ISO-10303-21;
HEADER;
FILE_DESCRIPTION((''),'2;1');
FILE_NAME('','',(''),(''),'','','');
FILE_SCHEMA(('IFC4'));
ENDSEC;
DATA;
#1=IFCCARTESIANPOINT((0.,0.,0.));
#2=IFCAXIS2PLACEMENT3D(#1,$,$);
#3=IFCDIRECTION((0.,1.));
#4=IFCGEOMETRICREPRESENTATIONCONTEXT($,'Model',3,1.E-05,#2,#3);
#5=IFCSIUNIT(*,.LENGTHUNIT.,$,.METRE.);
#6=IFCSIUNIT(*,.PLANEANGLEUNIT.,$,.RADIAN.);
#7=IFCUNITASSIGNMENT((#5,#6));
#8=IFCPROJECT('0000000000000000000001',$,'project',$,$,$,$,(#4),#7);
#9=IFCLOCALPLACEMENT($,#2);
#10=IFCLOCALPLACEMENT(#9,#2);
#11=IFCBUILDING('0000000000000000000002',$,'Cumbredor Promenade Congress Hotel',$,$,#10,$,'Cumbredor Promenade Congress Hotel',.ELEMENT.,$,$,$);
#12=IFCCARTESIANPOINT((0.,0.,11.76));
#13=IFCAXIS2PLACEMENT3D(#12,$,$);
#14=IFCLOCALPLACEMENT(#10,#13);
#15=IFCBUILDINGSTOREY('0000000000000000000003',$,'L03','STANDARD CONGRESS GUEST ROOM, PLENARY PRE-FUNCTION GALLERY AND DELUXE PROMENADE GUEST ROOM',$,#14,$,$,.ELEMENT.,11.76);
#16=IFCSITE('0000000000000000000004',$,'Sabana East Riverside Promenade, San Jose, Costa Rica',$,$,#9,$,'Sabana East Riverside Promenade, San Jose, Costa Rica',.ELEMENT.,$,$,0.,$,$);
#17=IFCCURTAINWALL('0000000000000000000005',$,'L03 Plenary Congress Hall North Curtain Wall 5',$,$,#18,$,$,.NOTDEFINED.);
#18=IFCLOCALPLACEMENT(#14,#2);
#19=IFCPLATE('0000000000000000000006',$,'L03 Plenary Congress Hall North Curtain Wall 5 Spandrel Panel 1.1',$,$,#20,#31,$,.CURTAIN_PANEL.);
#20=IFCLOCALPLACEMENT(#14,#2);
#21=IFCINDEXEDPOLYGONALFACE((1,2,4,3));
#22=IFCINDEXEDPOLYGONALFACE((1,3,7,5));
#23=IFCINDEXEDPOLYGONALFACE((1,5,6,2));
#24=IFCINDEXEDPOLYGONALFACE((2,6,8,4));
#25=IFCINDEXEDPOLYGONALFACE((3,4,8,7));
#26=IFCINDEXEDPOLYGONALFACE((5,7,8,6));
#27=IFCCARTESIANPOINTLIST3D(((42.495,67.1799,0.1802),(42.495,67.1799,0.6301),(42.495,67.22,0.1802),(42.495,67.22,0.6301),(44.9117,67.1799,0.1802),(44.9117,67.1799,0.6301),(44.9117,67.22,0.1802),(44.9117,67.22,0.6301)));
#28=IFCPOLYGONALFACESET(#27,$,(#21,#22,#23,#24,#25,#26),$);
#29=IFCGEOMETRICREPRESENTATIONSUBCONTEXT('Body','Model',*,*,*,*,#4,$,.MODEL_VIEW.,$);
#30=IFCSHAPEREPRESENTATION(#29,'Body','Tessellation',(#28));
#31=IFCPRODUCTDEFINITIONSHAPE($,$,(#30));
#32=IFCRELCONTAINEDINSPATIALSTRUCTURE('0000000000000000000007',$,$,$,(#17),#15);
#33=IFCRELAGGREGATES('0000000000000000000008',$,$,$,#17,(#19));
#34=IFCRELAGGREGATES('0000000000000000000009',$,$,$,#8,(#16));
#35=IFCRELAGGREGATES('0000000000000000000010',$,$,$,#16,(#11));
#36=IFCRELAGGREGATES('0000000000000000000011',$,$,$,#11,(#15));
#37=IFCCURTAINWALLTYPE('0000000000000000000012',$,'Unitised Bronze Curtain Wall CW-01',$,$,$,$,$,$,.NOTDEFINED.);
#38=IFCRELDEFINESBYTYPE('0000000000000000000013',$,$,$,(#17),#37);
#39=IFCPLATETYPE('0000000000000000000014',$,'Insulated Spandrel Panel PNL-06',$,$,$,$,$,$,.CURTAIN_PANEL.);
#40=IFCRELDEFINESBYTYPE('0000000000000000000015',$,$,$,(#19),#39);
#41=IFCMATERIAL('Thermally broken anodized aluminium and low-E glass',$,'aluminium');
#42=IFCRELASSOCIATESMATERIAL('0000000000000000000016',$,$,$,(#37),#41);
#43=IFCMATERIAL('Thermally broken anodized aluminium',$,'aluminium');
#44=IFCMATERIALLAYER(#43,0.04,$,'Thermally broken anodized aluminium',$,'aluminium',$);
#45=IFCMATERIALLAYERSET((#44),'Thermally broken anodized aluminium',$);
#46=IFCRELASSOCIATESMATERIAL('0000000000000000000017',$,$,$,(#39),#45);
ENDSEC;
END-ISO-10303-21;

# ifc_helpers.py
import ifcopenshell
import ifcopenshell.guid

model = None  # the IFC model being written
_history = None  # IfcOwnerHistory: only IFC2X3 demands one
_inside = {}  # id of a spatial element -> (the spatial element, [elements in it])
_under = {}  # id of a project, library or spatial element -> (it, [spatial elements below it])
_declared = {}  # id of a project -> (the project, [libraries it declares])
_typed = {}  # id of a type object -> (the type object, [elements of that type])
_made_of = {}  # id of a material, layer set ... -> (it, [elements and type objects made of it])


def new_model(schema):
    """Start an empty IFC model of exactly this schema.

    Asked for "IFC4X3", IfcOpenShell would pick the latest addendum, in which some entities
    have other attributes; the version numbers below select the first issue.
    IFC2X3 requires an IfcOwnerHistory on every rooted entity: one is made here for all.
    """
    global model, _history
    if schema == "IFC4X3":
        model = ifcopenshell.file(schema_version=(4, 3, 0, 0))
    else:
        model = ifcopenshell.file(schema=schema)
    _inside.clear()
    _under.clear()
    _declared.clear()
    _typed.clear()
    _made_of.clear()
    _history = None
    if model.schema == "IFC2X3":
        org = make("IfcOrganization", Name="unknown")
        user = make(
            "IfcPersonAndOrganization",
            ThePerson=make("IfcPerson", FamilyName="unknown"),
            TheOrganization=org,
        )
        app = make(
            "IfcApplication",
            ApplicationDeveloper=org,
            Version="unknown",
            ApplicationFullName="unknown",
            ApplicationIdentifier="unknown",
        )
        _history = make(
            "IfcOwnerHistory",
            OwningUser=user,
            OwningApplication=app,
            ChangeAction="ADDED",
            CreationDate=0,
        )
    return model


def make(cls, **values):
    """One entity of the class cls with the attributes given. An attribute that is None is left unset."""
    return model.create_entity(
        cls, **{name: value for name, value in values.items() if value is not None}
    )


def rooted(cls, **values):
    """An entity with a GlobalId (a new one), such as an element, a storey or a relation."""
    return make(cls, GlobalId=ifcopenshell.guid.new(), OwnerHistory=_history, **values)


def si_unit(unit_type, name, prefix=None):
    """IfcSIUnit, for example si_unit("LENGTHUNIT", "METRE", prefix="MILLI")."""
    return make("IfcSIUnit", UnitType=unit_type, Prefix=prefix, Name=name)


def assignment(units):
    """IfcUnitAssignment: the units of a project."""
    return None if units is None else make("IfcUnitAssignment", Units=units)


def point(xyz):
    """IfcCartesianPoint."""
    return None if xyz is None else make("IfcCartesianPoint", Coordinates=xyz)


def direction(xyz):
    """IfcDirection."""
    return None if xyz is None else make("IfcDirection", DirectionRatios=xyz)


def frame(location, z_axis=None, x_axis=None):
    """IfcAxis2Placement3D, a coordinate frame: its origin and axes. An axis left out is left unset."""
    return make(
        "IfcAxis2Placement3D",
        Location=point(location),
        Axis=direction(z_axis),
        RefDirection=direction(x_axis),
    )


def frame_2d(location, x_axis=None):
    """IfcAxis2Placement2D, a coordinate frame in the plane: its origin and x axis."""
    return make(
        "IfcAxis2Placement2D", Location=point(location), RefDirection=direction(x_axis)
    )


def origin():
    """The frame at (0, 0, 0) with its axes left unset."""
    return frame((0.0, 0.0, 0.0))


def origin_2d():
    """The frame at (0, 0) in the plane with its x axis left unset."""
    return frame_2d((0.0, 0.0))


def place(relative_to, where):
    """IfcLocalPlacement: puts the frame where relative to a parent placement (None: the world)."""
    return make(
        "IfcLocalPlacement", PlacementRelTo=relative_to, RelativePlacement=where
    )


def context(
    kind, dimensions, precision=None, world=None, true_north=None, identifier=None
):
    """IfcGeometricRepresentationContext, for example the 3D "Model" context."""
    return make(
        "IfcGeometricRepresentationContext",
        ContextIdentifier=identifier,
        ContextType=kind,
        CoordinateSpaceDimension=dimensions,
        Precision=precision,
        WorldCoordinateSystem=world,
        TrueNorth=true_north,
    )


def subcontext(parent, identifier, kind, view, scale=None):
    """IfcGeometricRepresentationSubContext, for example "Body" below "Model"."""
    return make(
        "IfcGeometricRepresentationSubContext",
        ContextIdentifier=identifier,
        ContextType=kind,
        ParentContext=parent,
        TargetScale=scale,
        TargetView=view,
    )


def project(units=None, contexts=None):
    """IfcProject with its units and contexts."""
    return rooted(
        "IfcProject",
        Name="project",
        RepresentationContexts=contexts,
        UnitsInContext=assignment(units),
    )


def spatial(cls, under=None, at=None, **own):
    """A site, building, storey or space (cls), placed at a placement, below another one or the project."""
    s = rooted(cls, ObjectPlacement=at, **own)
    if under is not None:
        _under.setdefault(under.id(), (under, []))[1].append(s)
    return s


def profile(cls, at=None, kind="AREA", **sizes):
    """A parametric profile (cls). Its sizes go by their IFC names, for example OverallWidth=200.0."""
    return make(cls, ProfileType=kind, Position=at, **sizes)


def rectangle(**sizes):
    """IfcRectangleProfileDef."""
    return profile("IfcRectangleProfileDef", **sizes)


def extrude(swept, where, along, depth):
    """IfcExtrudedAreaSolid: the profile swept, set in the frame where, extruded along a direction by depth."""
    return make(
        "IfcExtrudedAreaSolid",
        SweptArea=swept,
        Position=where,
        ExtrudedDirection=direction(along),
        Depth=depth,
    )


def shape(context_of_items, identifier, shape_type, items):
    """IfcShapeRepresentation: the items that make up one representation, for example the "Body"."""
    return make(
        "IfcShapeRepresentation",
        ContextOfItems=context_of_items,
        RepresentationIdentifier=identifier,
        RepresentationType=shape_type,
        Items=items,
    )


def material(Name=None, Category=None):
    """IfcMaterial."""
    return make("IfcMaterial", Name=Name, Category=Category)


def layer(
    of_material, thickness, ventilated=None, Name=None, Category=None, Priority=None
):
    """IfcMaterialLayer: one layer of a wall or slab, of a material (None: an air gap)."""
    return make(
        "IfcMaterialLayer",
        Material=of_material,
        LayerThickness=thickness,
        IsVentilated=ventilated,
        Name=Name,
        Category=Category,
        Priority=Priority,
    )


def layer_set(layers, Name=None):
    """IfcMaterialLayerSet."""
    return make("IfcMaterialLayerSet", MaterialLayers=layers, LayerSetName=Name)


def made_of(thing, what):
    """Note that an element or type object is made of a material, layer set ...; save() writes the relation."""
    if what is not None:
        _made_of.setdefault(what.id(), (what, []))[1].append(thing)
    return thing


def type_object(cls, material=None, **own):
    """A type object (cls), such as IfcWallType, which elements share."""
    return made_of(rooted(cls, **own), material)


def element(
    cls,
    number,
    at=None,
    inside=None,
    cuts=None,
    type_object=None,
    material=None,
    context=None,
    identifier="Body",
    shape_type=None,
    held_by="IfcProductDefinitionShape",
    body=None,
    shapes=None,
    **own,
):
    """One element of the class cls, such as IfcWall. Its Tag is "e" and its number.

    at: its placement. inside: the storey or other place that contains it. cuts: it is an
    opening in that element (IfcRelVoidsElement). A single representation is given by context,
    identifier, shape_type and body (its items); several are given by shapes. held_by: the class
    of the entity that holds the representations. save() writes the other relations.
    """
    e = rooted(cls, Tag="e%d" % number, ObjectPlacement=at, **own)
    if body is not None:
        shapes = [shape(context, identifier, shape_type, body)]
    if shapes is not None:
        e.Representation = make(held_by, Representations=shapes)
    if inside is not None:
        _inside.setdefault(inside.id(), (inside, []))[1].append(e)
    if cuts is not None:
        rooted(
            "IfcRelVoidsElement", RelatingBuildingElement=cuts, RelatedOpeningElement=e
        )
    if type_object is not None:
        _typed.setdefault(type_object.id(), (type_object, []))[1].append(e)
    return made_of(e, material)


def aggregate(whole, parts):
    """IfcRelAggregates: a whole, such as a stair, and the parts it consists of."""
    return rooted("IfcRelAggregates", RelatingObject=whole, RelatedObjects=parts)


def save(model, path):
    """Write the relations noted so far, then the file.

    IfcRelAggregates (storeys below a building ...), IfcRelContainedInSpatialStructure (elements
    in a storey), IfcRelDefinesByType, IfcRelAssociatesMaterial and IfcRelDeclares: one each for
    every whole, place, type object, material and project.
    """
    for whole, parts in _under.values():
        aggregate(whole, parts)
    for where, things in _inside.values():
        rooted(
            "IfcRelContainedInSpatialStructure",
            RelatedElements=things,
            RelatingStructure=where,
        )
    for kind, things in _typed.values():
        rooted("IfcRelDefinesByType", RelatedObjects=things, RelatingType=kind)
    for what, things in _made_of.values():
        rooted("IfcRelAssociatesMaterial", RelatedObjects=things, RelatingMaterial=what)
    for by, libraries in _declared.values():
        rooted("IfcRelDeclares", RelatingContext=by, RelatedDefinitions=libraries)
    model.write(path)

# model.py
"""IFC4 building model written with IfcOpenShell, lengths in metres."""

from ifc_helpers import new_model, si_unit, direction, frame, origin, origin_2d, place, context, subcontext, project, spatial, rectangle, extrude, material, layer, layer_set, type_object, element, aggregate, save


model = new_model("IFC4")

# Units and contexts
model_context = context("Model", 3, precision=1e-05, world=origin(), true_north=direction((0.0, 1.0)))
body_context = subcontext(model_context, "Body", "Model", "MODEL_VIEW")
ifc_project = project(units=[si_unit("LENGTHUNIT", "METRE"), si_unit("PLANEANGLEUNIT", "RADIAN")], contexts=[model_context])

# Site, building, storey
site_placement = place(None, origin())
site = spatial("IfcSite", under=ifc_project, at=site_placement, Name="Sabana East Riverside Promenade, San Jose, Costa Rica", LongName="Sabana East Riverside Promenade, San Jose, Costa Rica", CompositionType="ELEMENT", RefElevation=0.0)
building_placement = place(site_placement, origin())
building = spatial("IfcBuilding", under=site, at=building_placement, Name="Cumbredor Promenade Congress Hotel", LongName="Cumbredor Promenade Congress Hotel", CompositionType="ELEMENT")
storey_placement = place(building_placement, frame((0.0, 0.0, 11.76)))
storey = spatial("IfcBuildingStorey", under=building, at=storey_placement, Name="L03", Description="STANDARD CONGRESS GUEST ROOM, PLENARY PRE-FUNCTION GALLERY AND DELUXE PROMENADE GUEST ROOM", CompositionType="ELEMENT", Elevation=11.76)

# Shared definitions
ifc_material_1 = material(Name="Thermally broken anodized aluminium and low-E glass", Category="aluminium")
curtain_wall_type = type_object("IfcCurtainWallType", Name="Unitised Bronze Curtain Wall CW-01", PredefinedType="NOTDEFINED", material=ifc_material_1)
ifc_material_2 = material(Name="Thermally broken anodized aluminium", Category="aluminium")

# Curtain wall
curtain_wall_1_placement = place(storey_placement, origin())
curtain_wall_1 = element("IfcCurtainWall", 1, at=curtain_wall_1_placement, inside=storey, type_object=curtain_wall_type, Name="L03 Plenary Congress Hall North Curtain Wall 5", PredefinedType="NOTDEFINED")

# Plate
ifc_layer_1 = layer(ifc_material_2, 0.04, Name="Thermally broken anodized aluminium", Category="aluminium")
ifc_layer_set_1 = layer_set([ifc_layer_1], Name="Thermally broken anodized aluminium")
plate_type_1 = type_object("IfcPlateType", Name="Insulated Spandrel Panel PNL-06", PredefinedType="CURTAIN_PANEL", material=ifc_layer_set_1)
plate_1_placement = place(storey_placement, frame((43.7034, 67.2, 0.1802), z_axis=(0.0, 0.0, 1.0), x_axis=(1.0, 0.0, 0.0)))
plate_1 = element("IfcPlate", 2, at=plate_1_placement, type_object=plate_type_1, Name="L03 Plenary Congress Hall North Curtain Wall 5 Spandrel Panel 1.1", PredefinedType="CURTAIN_PANEL", context=body_context, shape_type="SweptSolid", body=[
    extrude(rectangle(XDim=2.4167, YDim=0.04, at=origin_2d()), origin(), (0.0, 0.0, 1.0), 0.45),
])
aggregate(curtain_wall_1, [plate_1])

save(model, "model.ifc")
